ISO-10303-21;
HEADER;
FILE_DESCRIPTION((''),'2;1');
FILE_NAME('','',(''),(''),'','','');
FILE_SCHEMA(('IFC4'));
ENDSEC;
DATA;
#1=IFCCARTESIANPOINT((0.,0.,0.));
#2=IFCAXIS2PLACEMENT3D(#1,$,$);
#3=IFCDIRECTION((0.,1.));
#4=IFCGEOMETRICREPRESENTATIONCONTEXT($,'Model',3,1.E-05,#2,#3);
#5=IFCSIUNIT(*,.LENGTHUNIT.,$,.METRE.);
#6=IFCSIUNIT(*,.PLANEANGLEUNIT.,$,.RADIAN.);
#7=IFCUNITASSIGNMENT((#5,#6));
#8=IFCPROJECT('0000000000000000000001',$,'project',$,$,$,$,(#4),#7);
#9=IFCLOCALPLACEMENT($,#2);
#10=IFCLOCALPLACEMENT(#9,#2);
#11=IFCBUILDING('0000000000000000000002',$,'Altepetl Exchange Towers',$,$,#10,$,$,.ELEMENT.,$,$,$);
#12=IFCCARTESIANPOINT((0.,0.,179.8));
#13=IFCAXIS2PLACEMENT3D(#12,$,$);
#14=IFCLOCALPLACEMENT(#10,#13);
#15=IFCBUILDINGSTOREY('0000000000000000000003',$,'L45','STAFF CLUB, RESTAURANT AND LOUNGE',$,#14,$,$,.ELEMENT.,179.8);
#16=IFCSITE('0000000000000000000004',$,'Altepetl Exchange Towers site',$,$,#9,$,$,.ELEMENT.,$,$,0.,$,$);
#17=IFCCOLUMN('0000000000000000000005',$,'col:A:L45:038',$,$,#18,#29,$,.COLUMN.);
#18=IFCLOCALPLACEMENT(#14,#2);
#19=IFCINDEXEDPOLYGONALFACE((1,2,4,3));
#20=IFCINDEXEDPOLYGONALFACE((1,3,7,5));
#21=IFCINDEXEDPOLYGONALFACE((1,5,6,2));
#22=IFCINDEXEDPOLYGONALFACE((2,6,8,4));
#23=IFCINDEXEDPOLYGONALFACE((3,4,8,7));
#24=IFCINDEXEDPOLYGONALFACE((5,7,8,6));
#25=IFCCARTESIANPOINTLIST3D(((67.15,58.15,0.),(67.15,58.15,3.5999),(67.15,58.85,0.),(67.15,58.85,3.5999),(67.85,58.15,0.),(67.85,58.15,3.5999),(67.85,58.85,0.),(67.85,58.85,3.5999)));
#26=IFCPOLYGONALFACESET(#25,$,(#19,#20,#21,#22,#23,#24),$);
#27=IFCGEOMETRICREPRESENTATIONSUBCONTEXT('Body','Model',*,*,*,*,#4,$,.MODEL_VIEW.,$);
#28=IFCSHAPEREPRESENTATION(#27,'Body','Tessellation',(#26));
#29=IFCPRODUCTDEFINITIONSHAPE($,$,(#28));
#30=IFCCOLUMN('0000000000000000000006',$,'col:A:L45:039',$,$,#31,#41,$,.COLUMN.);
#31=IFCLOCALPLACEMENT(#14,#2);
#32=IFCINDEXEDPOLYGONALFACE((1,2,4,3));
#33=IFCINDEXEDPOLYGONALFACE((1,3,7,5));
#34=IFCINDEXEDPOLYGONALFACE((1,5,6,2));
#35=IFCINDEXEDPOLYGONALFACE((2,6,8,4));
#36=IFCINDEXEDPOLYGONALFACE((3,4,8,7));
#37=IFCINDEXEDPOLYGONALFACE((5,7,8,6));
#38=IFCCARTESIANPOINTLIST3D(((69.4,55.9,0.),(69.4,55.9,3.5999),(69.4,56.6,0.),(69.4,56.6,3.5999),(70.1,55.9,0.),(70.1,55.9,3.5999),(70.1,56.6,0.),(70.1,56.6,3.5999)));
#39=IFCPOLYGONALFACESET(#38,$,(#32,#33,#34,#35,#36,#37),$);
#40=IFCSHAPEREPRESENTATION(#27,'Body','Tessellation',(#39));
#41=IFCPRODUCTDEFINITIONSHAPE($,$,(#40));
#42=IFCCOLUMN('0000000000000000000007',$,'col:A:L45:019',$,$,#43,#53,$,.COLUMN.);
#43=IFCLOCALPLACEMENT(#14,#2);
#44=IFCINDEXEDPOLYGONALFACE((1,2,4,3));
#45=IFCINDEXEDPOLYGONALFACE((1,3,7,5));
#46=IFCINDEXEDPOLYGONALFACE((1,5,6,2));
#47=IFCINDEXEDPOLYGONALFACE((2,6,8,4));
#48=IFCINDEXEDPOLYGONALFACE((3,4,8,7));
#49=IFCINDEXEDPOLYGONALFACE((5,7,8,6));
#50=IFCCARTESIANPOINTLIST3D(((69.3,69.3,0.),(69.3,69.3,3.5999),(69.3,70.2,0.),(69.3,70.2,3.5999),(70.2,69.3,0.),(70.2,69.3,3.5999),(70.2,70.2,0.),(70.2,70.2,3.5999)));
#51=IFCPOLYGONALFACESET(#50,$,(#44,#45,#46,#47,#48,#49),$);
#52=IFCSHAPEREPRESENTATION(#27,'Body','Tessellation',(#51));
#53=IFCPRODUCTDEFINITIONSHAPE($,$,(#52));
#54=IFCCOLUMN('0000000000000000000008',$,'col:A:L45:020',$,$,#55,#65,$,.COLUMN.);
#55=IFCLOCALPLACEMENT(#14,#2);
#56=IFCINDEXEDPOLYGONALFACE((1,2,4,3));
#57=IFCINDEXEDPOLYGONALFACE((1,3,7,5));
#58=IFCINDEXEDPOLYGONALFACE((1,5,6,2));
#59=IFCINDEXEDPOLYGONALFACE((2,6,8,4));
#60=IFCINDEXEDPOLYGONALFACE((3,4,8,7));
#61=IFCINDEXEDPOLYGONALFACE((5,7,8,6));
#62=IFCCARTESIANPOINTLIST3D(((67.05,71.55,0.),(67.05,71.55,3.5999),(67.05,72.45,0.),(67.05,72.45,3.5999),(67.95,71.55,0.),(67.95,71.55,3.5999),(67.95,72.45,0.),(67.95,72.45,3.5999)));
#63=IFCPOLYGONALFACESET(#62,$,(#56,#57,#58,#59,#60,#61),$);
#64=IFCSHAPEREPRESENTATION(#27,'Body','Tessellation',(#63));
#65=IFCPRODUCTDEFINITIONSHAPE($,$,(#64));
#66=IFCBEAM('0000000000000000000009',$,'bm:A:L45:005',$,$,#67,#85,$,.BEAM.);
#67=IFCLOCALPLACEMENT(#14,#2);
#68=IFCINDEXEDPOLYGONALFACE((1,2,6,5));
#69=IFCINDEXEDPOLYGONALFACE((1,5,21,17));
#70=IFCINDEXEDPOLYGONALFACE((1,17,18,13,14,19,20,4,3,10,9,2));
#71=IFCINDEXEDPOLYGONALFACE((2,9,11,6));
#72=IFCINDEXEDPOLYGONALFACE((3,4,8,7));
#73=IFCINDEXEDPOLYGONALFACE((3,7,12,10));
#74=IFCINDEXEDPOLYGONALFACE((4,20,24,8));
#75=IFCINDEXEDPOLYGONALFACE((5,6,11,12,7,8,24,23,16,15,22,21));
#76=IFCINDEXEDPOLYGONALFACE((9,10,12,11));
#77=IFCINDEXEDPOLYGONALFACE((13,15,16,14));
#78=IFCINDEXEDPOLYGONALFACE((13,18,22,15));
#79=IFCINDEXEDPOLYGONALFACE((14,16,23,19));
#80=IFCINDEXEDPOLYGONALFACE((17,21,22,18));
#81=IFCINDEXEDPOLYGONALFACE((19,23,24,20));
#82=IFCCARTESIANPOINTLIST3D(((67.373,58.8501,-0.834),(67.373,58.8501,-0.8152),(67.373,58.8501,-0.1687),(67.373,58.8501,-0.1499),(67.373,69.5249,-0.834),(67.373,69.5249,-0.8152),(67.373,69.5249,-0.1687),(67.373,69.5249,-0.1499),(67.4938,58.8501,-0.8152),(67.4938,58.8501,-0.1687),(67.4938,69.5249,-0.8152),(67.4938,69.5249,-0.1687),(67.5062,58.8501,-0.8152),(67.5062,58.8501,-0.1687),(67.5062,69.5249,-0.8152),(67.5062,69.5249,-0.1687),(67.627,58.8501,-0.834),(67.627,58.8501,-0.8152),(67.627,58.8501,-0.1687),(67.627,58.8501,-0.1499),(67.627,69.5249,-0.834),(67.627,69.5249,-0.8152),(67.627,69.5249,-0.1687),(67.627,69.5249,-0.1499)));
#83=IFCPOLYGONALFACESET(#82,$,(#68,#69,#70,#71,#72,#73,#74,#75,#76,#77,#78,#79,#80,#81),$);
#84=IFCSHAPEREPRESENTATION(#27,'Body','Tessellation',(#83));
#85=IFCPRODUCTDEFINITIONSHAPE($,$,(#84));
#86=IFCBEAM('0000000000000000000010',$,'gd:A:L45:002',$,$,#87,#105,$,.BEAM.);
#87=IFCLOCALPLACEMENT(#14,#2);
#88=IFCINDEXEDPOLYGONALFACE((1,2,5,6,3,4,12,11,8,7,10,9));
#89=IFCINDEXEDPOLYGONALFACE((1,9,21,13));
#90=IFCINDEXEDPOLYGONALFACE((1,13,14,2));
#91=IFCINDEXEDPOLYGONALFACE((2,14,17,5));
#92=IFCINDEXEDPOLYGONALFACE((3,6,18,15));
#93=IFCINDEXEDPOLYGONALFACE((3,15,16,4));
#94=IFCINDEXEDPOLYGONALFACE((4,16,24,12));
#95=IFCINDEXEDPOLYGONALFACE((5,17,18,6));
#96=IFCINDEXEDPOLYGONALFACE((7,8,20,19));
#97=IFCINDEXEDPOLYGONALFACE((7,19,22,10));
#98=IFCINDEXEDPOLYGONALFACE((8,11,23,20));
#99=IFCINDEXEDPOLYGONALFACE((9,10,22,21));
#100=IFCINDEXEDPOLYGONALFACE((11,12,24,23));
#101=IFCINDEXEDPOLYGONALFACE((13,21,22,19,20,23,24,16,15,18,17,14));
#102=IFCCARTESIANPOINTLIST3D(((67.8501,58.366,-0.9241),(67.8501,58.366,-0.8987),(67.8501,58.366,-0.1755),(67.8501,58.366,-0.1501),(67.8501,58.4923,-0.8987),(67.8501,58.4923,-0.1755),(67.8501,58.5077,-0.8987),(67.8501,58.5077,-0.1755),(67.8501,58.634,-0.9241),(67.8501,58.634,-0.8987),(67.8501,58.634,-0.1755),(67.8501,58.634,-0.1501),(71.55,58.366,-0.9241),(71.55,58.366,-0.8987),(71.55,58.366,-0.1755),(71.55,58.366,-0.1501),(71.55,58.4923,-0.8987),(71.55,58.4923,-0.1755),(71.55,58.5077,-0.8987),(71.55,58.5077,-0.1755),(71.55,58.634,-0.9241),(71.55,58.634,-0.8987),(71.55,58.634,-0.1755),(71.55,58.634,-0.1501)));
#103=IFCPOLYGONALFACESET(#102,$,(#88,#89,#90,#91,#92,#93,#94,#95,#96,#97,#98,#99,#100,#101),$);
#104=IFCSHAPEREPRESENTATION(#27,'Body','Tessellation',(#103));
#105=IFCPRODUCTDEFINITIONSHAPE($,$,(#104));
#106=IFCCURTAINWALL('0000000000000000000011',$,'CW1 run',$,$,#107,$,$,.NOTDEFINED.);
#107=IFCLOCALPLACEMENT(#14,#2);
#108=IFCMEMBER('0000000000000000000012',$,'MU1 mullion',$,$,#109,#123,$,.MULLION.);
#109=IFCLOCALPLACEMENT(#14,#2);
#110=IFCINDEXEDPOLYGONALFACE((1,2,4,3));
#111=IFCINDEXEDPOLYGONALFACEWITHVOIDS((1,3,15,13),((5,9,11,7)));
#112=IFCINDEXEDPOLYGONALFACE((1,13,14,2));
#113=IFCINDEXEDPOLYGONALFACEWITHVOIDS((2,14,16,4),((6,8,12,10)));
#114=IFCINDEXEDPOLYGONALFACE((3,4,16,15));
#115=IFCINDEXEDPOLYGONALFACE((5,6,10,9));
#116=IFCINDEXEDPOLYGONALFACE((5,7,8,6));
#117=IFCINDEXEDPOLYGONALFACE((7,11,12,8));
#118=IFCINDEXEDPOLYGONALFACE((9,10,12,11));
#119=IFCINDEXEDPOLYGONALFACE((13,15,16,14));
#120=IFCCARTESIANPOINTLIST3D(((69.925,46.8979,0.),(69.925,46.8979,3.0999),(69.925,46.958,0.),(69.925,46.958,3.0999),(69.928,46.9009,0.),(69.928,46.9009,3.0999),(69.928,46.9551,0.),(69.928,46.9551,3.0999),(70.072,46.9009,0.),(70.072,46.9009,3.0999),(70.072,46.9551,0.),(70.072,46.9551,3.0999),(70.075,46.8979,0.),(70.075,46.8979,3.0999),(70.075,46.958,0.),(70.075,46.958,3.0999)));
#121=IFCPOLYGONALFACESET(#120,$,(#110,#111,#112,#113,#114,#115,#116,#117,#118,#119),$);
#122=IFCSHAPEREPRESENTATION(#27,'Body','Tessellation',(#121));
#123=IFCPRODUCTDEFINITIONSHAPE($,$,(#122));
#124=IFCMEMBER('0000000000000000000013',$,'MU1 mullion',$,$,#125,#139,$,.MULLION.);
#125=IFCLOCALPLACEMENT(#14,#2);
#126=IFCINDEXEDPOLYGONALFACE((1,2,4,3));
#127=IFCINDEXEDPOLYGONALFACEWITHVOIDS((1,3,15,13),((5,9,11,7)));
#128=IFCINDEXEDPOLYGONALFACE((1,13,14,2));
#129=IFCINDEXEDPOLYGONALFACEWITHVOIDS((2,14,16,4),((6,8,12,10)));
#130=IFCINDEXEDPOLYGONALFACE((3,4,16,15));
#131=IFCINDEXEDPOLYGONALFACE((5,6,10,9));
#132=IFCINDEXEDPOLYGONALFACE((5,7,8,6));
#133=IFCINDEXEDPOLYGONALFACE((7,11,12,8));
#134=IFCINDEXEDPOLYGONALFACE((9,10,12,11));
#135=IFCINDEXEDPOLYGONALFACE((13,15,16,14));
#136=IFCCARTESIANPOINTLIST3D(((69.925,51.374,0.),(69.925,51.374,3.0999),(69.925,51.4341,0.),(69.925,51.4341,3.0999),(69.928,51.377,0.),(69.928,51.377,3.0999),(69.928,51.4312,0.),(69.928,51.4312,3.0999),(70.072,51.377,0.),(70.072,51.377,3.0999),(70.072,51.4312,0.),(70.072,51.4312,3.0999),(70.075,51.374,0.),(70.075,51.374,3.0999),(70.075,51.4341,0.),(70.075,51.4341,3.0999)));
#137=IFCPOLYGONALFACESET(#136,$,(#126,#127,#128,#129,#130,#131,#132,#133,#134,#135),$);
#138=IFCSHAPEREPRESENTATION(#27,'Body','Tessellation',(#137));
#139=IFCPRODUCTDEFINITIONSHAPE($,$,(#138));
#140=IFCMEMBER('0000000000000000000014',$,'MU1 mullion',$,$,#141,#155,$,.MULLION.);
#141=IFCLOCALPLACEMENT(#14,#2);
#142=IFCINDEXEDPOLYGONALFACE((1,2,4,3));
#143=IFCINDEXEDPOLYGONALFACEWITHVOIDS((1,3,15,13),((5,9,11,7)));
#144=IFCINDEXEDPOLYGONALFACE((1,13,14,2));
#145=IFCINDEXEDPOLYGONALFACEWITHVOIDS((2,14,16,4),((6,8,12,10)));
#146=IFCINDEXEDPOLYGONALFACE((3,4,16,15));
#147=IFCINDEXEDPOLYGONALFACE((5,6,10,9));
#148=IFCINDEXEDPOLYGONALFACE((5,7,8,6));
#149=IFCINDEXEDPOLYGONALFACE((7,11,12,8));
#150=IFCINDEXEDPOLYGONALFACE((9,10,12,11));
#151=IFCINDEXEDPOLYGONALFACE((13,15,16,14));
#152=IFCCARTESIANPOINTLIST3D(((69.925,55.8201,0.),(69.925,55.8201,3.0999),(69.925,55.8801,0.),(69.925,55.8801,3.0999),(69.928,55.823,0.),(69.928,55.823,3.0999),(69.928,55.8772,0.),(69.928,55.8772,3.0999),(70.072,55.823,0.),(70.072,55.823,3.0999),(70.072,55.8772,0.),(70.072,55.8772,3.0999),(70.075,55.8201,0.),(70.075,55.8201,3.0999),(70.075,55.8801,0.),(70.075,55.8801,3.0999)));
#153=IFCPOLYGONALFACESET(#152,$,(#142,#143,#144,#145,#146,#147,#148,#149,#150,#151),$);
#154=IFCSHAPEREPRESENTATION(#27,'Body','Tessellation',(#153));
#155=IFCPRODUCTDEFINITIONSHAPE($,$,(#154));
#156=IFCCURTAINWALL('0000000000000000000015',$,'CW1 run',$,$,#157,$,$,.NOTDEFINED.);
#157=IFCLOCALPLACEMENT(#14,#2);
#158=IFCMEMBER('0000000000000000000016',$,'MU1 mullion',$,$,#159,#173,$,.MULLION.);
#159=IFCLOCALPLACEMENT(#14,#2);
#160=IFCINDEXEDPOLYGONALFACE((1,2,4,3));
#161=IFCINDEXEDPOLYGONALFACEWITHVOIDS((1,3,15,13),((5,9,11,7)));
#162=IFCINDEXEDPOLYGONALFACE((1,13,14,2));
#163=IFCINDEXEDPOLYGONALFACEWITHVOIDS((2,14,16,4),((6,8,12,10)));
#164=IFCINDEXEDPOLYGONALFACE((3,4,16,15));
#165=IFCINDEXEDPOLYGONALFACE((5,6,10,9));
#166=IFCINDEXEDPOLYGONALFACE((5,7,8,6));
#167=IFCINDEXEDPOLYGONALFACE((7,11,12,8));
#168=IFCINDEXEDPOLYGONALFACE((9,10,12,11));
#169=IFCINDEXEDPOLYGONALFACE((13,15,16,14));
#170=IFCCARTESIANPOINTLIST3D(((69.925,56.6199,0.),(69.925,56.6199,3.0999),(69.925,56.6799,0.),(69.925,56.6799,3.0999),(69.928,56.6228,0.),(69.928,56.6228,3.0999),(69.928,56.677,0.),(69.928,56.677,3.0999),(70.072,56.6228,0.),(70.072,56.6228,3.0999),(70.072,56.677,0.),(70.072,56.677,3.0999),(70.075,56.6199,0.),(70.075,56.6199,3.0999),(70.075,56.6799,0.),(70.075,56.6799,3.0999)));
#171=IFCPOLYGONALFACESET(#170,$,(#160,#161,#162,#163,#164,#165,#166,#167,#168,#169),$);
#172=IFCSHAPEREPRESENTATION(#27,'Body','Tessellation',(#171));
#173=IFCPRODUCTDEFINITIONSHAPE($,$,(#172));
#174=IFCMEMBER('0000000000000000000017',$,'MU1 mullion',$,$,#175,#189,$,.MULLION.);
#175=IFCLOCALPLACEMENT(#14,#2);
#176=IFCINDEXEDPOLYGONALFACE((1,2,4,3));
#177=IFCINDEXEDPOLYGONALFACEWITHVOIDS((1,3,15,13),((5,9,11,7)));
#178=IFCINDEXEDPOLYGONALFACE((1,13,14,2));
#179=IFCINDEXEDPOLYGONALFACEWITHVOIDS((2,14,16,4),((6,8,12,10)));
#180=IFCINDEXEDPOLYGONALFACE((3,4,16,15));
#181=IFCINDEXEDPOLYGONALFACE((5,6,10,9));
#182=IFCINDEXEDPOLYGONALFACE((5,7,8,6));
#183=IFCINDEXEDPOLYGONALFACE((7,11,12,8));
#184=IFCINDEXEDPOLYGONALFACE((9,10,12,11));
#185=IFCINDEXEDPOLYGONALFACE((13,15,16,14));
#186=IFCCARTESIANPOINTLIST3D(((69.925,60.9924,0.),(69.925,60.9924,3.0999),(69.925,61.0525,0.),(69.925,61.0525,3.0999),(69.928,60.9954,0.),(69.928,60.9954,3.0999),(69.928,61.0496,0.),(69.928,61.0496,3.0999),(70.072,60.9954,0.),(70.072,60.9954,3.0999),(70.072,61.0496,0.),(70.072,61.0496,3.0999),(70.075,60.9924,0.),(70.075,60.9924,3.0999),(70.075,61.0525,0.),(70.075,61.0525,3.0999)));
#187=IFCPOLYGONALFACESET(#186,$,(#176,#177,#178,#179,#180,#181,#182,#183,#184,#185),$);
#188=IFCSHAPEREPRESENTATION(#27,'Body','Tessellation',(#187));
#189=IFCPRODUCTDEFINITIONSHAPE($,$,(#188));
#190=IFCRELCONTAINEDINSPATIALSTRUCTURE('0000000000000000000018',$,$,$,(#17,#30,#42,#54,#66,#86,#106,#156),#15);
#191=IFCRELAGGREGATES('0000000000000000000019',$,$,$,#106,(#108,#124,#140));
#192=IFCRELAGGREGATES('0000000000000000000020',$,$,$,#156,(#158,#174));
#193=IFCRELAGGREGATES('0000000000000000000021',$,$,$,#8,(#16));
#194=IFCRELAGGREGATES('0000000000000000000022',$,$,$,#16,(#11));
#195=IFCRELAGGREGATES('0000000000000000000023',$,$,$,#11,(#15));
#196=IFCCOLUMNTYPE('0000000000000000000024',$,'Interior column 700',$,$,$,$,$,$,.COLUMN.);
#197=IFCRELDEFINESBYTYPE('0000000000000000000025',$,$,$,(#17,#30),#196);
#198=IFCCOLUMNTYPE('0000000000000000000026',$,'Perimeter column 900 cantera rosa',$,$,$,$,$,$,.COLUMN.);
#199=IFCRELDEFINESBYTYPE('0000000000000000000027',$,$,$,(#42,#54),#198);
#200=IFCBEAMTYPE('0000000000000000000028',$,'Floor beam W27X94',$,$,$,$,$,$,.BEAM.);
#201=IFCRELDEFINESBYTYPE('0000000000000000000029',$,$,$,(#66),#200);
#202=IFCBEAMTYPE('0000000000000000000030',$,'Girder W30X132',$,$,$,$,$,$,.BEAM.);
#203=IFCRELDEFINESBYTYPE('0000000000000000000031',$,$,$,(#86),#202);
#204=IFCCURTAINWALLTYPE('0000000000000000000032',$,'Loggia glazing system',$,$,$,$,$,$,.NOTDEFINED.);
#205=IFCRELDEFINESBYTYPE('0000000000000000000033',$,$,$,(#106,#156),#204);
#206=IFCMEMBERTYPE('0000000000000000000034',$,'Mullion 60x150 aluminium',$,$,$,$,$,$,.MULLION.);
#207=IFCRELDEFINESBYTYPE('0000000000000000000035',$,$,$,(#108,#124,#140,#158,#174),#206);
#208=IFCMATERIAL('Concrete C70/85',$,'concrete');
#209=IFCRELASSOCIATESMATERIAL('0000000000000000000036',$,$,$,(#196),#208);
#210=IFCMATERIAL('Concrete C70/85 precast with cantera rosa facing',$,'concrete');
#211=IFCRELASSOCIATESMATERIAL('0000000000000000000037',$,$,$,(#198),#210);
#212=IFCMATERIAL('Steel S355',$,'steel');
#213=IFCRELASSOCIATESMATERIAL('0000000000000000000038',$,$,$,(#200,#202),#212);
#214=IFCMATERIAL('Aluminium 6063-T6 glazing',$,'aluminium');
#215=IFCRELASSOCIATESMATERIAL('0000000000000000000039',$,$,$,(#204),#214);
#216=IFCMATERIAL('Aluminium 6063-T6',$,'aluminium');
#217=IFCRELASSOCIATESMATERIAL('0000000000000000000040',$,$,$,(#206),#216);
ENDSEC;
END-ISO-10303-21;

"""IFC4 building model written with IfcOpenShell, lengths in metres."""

from ifc_helpers import new_model, si_unit, direction, frame, origin, origin_2d, place, context, subcontext, project, spatial, rectangle, hollow_rectangle, i_section, extrude, material, material_profile, profile_set, type_object, element, aggregate, save


model = new_model("IFC4")

# Units and contexts
model_context = context("Model", 3, precision=1e-05, world=origin(), true_north=direction((0.0, 1.0)))
body_context = subcontext(model_context, "Body", "Model", "MODEL_VIEW")
ifc_project = project(units=[si_unit("LENGTHUNIT", "METRE"), si_unit("PLANEANGLEUNIT", "RADIAN")], contexts=[model_context])

# Site, building, storey
site_placement = place(None, origin())
site = spatial("IfcSite", under=ifc_project, at=site_placement, Name="Altepetl Exchange Towers site", CompositionType="ELEMENT", RefElevation=0.0)
building_placement = place(site_placement, origin())
building = spatial("IfcBuilding", under=site, at=building_placement, Name="Altepetl Exchange Towers", CompositionType="ELEMENT")
storey_placement = place(building_placement, frame((0.0, 0.0, 179.8)))
storey = spatial("IfcBuildingStorey", under=building, at=storey_placement, Name="L45", Description="STAFF CLUB, RESTAURANT AND LOUNGE", CompositionType="ELEMENT", Elevation=179.8)

# Columns
ifc_material_1 = material(Name="Concrete C70/85", Category="concrete")
ifc_material_profile_1 = material_profile(ifc_material_1, rectangle(XDim=0.7, YDim=0.7, at=origin_2d()), Name="700 x 700")
ifc_profile_set_1 = profile_set([ifc_material_profile_1], Name="Concrete C70/85")
column_type_1 = type_object("IfcColumnType", Name="Interior column 700", PredefinedType="COLUMN", material=ifc_profile_set_1)
for number, where, name in (
    (1, (67.5, 58.5, 0.0), "col:A:L45:038"),
    (2, (69.75, 56.25, 0.0), "col:A:L45:039"),
):
    element("IfcColumn", number, at=place(storey_placement, frame(where)), inside=storey, type_object=column_type_1, Name=name, PredefinedType="COLUMN", context=body_context, shape_type="SweptSolid", body=[
        extrude(rectangle(XDim=0.7, YDim=0.7, at=origin_2d()), origin(), (0.0, 0.0, 1.0), 3.5999),
    ])
ifc_material_2 = material(Name="Concrete C70/85 precast with cantera rosa facing", Category="concrete")
ifc_material_profile_2 = material_profile(ifc_material_2, rectangle(XDim=0.8999, YDim=0.8999, at=origin_2d()), Name="900 x 900")
ifc_profile_set_2 = profile_set([ifc_material_profile_2], Name="Concrete C70/85 precast with cantera rosa facing")
column_type_2 = type_object("IfcColumnType", Name="Perimeter column 900 cantera rosa", PredefinedType="COLUMN", material=ifc_profile_set_2)
for number, where, name in (
    (3, (69.75, 69.75, 0.0), "col:A:L45:019"),
    (4, (67.5, 72.0, 0.0), "col:A:L45:020"),
):
    element("IfcColumn", number, at=place(storey_placement, frame(where)), inside=storey, type_object=column_type_2, Name=name, PredefinedType="COLUMN", context=body_context, shape_type="SweptSolid", body=[
        extrude(rectangle(XDim=0.8999, YDim=0.8999, at=origin_2d()), origin(), (0.0, 0.0, 1.0), 3.5999),
    ])

# Beams
ifc_material_3 = material(Name="Steel S355", Category="steel")
ifc_material_profile_3 = material_profile(ifc_material_3, i_section(OverallWidth=0.2539, OverallDepth=0.6841, WebThickness=0.0125, FlangeThickness=0.0188, at=origin_2d()), Name="W27X94")
ifc_profile_set_3 = profile_set([ifc_material_profile_3], Name="Steel S355")
beam_type_1 = type_object("IfcBeamType", Name="Floor beam W27X94", PredefinedType="BEAM", material=ifc_profile_set_3)
beam_1_placement = place(storey_placement, frame((67.5, 58.8501, -0.4919), z_axis=(0.0, 1.0, 0.0), x_axis=(-1.0, 0.0, 0.0)))
element("IfcBeam", 5, at=beam_1_placement, inside=storey, type_object=beam_type_1, Name="bm:A:L45:005", PredefinedType="BEAM", context=body_context, shape_type="SweptSolid", body=[
    extrude(i_section(OverallWidth=0.2539, OverallDepth=0.6841, WebThickness=0.0125, FlangeThickness=0.0188, at=origin_2d()), origin(), (0.0, 0.0, 1.0), 10.6748),
])
ifc_material_profile_4 = material_profile(ifc_material_3, i_section(OverallWidth=0.2681, OverallDepth=0.7739, WebThickness=0.0154, FlangeThickness=0.0254, at=origin_2d()), Name="W30X132")
ifc_profile_set_4 = profile_set([ifc_material_profile_4], Name="Steel S355")
beam_type_2 = type_object("IfcBeamType", Name="Girder W30X132", PredefinedType="BEAM", material=ifc_profile_set_4)
beam_2_placement = place(storey_placement, frame((67.8501, 58.5, -0.5371), z_axis=(1.0, 0.0, 0.0), x_axis=(0.0, 1.0, 0.0)))
element("IfcBeam", 6, at=beam_2_placement, inside=storey, type_object=beam_type_2, Name="gd:A:L45:002", PredefinedType="BEAM", context=body_context, shape_type="SweptSolid", body=[
    extrude(i_section(OverallWidth=0.2681, OverallDepth=0.7739, WebThickness=0.0154, FlangeThickness=0.0254, at=origin_2d()), origin(), (0.0, 0.0, 1.0), 3.7),
])

# Curtain walls, members
ifc_material_4 = material(Name="Aluminium 6063-T6 glazing", Category="aluminium")
curtain_wall_type = type_object("IfcCurtainWallType", Name="Loggia glazing system", PredefinedType="NOTDEFINED", material=ifc_material_4)
curtain_wall_1_placement = place(storey_placement, origin())
curtain_wall_1 = element("IfcCurtainWall", 7, at=curtain_wall_1_placement, inside=storey, type_object=curtain_wall_type, Name="CW1 run", PredefinedType="NOTDEFINED")
ifc_material_5 = material(Name="Aluminium 6063-T6", Category="aluminium")
ifc_material_profile_5 = material_profile(ifc_material_5, hollow_rectangle(XDim=0.0601, YDim=0.1499, WallThickness=0.0029, at=origin_2d()), Name="Mullion 60x150 aluminium")
ifc_profile_set_5 = profile_set([ifc_material_profile_5], Name="Aluminium 6063-T6")
member_type = type_object("IfcMemberType", Name="Mullion 60x150 aluminium", PredefinedType="MULLION", material=ifc_profile_set_5)
member_1_placement = place(storey_placement, frame((70.0, 46.928, 0.0), z_axis=(0.0, 0.0, 1.0), x_axis=(0.0, 1.0, 0.0)))
member_1 = element("IfcMember", 8, at=member_1_placement, type_object=member_type, Name="MU1 mullion", PredefinedType="MULLION", context=body_context, shape_type="SweptSolid", body=[
    extrude(hollow_rectangle(XDim=0.0601, YDim=0.1499, WallThickness=0.0029, at=origin_2d()), origin(), (0.0, 0.0, 1.0), 3.0999),
])
member_2_placement = place(storey_placement, frame((70.0, 51.4041, 0.0), z_axis=(0.0, 0.0, 1.0), x_axis=(0.0, 1.0, 0.0)))
member_2 = element("IfcMember", 9, at=member_2_placement, type_object=member_type, Name="MU1 mullion", PredefinedType="MULLION", context=body_context, shape_type="SweptSolid", body=[
    extrude(hollow_rectangle(XDim=0.0601, YDim=0.1499, WallThickness=0.0029, at=origin_2d()), origin(), (0.0, 0.0, 1.0), 3.0999),
])
member_3_placement = place(storey_placement, frame((70.0, 55.8501, 0.0), z_axis=(0.0, 0.0, 1.0), x_axis=(0.0, 1.0, 0.0)))
member_3 = element("IfcMember", 10, at=member_3_placement, type_object=member_type, Name="MU1 mullion", PredefinedType="MULLION", context=body_context, shape_type="SweptSolid", body=[
    extrude(hollow_rectangle(XDim=0.0601, YDim=0.1499, WallThickness=0.0029, at=origin_2d()), origin(), (0.0, 0.0, 1.0), 3.0999),
])
curtain_wall_2_placement = place(storey_placement, origin())
curtain_wall_2 = element("IfcCurtainWall", 11, at=curtain_wall_2_placement, inside=storey, type_object=curtain_wall_type, Name="CW1 run", PredefinedType="NOTDEFINED")
member_4_placement = place(storey_placement, frame((70.0, 56.6499, 0.0), z_axis=(0.0, 0.0, 1.0), x_axis=(0.0, 1.0, 0.0)))
member_4 = element("IfcMember", 12, at=member_4_placement, type_object=member_type, Name="MU1 mullion", PredefinedType="MULLION", context=body_context, shape_type="SweptSolid", body=[
    extrude(hollow_rectangle(XDim=0.0601, YDim=0.1499, WallThickness=0.0029, at=origin_2d()), origin(), (0.0, 0.0, 1.0), 3.0999),
])
member_5_placement = place(storey_placement, frame((70.0, 61.0225, 0.0), z_axis=(0.0, 0.0, 1.0), x_axis=(0.0, 1.0, 0.0)))
member_5 = element("IfcMember", 13, at=member_5_placement, type_object=member_type, Name="MU1 mullion", PredefinedType="MULLION", context=body_context, shape_type="SweptSolid", body=[
    extrude(hollow_rectangle(XDim=0.0601, YDim=0.1499, WallThickness=0.0029, at=origin_2d()), origin(), (0.0, 0.0, 1.0), 3.0999),
])

aggregate(curtain_wall_1, [member_1, member_2, member_3])
aggregate(curtain_wall_2, [member_4, member_5])

save(model, "model.ifc")
